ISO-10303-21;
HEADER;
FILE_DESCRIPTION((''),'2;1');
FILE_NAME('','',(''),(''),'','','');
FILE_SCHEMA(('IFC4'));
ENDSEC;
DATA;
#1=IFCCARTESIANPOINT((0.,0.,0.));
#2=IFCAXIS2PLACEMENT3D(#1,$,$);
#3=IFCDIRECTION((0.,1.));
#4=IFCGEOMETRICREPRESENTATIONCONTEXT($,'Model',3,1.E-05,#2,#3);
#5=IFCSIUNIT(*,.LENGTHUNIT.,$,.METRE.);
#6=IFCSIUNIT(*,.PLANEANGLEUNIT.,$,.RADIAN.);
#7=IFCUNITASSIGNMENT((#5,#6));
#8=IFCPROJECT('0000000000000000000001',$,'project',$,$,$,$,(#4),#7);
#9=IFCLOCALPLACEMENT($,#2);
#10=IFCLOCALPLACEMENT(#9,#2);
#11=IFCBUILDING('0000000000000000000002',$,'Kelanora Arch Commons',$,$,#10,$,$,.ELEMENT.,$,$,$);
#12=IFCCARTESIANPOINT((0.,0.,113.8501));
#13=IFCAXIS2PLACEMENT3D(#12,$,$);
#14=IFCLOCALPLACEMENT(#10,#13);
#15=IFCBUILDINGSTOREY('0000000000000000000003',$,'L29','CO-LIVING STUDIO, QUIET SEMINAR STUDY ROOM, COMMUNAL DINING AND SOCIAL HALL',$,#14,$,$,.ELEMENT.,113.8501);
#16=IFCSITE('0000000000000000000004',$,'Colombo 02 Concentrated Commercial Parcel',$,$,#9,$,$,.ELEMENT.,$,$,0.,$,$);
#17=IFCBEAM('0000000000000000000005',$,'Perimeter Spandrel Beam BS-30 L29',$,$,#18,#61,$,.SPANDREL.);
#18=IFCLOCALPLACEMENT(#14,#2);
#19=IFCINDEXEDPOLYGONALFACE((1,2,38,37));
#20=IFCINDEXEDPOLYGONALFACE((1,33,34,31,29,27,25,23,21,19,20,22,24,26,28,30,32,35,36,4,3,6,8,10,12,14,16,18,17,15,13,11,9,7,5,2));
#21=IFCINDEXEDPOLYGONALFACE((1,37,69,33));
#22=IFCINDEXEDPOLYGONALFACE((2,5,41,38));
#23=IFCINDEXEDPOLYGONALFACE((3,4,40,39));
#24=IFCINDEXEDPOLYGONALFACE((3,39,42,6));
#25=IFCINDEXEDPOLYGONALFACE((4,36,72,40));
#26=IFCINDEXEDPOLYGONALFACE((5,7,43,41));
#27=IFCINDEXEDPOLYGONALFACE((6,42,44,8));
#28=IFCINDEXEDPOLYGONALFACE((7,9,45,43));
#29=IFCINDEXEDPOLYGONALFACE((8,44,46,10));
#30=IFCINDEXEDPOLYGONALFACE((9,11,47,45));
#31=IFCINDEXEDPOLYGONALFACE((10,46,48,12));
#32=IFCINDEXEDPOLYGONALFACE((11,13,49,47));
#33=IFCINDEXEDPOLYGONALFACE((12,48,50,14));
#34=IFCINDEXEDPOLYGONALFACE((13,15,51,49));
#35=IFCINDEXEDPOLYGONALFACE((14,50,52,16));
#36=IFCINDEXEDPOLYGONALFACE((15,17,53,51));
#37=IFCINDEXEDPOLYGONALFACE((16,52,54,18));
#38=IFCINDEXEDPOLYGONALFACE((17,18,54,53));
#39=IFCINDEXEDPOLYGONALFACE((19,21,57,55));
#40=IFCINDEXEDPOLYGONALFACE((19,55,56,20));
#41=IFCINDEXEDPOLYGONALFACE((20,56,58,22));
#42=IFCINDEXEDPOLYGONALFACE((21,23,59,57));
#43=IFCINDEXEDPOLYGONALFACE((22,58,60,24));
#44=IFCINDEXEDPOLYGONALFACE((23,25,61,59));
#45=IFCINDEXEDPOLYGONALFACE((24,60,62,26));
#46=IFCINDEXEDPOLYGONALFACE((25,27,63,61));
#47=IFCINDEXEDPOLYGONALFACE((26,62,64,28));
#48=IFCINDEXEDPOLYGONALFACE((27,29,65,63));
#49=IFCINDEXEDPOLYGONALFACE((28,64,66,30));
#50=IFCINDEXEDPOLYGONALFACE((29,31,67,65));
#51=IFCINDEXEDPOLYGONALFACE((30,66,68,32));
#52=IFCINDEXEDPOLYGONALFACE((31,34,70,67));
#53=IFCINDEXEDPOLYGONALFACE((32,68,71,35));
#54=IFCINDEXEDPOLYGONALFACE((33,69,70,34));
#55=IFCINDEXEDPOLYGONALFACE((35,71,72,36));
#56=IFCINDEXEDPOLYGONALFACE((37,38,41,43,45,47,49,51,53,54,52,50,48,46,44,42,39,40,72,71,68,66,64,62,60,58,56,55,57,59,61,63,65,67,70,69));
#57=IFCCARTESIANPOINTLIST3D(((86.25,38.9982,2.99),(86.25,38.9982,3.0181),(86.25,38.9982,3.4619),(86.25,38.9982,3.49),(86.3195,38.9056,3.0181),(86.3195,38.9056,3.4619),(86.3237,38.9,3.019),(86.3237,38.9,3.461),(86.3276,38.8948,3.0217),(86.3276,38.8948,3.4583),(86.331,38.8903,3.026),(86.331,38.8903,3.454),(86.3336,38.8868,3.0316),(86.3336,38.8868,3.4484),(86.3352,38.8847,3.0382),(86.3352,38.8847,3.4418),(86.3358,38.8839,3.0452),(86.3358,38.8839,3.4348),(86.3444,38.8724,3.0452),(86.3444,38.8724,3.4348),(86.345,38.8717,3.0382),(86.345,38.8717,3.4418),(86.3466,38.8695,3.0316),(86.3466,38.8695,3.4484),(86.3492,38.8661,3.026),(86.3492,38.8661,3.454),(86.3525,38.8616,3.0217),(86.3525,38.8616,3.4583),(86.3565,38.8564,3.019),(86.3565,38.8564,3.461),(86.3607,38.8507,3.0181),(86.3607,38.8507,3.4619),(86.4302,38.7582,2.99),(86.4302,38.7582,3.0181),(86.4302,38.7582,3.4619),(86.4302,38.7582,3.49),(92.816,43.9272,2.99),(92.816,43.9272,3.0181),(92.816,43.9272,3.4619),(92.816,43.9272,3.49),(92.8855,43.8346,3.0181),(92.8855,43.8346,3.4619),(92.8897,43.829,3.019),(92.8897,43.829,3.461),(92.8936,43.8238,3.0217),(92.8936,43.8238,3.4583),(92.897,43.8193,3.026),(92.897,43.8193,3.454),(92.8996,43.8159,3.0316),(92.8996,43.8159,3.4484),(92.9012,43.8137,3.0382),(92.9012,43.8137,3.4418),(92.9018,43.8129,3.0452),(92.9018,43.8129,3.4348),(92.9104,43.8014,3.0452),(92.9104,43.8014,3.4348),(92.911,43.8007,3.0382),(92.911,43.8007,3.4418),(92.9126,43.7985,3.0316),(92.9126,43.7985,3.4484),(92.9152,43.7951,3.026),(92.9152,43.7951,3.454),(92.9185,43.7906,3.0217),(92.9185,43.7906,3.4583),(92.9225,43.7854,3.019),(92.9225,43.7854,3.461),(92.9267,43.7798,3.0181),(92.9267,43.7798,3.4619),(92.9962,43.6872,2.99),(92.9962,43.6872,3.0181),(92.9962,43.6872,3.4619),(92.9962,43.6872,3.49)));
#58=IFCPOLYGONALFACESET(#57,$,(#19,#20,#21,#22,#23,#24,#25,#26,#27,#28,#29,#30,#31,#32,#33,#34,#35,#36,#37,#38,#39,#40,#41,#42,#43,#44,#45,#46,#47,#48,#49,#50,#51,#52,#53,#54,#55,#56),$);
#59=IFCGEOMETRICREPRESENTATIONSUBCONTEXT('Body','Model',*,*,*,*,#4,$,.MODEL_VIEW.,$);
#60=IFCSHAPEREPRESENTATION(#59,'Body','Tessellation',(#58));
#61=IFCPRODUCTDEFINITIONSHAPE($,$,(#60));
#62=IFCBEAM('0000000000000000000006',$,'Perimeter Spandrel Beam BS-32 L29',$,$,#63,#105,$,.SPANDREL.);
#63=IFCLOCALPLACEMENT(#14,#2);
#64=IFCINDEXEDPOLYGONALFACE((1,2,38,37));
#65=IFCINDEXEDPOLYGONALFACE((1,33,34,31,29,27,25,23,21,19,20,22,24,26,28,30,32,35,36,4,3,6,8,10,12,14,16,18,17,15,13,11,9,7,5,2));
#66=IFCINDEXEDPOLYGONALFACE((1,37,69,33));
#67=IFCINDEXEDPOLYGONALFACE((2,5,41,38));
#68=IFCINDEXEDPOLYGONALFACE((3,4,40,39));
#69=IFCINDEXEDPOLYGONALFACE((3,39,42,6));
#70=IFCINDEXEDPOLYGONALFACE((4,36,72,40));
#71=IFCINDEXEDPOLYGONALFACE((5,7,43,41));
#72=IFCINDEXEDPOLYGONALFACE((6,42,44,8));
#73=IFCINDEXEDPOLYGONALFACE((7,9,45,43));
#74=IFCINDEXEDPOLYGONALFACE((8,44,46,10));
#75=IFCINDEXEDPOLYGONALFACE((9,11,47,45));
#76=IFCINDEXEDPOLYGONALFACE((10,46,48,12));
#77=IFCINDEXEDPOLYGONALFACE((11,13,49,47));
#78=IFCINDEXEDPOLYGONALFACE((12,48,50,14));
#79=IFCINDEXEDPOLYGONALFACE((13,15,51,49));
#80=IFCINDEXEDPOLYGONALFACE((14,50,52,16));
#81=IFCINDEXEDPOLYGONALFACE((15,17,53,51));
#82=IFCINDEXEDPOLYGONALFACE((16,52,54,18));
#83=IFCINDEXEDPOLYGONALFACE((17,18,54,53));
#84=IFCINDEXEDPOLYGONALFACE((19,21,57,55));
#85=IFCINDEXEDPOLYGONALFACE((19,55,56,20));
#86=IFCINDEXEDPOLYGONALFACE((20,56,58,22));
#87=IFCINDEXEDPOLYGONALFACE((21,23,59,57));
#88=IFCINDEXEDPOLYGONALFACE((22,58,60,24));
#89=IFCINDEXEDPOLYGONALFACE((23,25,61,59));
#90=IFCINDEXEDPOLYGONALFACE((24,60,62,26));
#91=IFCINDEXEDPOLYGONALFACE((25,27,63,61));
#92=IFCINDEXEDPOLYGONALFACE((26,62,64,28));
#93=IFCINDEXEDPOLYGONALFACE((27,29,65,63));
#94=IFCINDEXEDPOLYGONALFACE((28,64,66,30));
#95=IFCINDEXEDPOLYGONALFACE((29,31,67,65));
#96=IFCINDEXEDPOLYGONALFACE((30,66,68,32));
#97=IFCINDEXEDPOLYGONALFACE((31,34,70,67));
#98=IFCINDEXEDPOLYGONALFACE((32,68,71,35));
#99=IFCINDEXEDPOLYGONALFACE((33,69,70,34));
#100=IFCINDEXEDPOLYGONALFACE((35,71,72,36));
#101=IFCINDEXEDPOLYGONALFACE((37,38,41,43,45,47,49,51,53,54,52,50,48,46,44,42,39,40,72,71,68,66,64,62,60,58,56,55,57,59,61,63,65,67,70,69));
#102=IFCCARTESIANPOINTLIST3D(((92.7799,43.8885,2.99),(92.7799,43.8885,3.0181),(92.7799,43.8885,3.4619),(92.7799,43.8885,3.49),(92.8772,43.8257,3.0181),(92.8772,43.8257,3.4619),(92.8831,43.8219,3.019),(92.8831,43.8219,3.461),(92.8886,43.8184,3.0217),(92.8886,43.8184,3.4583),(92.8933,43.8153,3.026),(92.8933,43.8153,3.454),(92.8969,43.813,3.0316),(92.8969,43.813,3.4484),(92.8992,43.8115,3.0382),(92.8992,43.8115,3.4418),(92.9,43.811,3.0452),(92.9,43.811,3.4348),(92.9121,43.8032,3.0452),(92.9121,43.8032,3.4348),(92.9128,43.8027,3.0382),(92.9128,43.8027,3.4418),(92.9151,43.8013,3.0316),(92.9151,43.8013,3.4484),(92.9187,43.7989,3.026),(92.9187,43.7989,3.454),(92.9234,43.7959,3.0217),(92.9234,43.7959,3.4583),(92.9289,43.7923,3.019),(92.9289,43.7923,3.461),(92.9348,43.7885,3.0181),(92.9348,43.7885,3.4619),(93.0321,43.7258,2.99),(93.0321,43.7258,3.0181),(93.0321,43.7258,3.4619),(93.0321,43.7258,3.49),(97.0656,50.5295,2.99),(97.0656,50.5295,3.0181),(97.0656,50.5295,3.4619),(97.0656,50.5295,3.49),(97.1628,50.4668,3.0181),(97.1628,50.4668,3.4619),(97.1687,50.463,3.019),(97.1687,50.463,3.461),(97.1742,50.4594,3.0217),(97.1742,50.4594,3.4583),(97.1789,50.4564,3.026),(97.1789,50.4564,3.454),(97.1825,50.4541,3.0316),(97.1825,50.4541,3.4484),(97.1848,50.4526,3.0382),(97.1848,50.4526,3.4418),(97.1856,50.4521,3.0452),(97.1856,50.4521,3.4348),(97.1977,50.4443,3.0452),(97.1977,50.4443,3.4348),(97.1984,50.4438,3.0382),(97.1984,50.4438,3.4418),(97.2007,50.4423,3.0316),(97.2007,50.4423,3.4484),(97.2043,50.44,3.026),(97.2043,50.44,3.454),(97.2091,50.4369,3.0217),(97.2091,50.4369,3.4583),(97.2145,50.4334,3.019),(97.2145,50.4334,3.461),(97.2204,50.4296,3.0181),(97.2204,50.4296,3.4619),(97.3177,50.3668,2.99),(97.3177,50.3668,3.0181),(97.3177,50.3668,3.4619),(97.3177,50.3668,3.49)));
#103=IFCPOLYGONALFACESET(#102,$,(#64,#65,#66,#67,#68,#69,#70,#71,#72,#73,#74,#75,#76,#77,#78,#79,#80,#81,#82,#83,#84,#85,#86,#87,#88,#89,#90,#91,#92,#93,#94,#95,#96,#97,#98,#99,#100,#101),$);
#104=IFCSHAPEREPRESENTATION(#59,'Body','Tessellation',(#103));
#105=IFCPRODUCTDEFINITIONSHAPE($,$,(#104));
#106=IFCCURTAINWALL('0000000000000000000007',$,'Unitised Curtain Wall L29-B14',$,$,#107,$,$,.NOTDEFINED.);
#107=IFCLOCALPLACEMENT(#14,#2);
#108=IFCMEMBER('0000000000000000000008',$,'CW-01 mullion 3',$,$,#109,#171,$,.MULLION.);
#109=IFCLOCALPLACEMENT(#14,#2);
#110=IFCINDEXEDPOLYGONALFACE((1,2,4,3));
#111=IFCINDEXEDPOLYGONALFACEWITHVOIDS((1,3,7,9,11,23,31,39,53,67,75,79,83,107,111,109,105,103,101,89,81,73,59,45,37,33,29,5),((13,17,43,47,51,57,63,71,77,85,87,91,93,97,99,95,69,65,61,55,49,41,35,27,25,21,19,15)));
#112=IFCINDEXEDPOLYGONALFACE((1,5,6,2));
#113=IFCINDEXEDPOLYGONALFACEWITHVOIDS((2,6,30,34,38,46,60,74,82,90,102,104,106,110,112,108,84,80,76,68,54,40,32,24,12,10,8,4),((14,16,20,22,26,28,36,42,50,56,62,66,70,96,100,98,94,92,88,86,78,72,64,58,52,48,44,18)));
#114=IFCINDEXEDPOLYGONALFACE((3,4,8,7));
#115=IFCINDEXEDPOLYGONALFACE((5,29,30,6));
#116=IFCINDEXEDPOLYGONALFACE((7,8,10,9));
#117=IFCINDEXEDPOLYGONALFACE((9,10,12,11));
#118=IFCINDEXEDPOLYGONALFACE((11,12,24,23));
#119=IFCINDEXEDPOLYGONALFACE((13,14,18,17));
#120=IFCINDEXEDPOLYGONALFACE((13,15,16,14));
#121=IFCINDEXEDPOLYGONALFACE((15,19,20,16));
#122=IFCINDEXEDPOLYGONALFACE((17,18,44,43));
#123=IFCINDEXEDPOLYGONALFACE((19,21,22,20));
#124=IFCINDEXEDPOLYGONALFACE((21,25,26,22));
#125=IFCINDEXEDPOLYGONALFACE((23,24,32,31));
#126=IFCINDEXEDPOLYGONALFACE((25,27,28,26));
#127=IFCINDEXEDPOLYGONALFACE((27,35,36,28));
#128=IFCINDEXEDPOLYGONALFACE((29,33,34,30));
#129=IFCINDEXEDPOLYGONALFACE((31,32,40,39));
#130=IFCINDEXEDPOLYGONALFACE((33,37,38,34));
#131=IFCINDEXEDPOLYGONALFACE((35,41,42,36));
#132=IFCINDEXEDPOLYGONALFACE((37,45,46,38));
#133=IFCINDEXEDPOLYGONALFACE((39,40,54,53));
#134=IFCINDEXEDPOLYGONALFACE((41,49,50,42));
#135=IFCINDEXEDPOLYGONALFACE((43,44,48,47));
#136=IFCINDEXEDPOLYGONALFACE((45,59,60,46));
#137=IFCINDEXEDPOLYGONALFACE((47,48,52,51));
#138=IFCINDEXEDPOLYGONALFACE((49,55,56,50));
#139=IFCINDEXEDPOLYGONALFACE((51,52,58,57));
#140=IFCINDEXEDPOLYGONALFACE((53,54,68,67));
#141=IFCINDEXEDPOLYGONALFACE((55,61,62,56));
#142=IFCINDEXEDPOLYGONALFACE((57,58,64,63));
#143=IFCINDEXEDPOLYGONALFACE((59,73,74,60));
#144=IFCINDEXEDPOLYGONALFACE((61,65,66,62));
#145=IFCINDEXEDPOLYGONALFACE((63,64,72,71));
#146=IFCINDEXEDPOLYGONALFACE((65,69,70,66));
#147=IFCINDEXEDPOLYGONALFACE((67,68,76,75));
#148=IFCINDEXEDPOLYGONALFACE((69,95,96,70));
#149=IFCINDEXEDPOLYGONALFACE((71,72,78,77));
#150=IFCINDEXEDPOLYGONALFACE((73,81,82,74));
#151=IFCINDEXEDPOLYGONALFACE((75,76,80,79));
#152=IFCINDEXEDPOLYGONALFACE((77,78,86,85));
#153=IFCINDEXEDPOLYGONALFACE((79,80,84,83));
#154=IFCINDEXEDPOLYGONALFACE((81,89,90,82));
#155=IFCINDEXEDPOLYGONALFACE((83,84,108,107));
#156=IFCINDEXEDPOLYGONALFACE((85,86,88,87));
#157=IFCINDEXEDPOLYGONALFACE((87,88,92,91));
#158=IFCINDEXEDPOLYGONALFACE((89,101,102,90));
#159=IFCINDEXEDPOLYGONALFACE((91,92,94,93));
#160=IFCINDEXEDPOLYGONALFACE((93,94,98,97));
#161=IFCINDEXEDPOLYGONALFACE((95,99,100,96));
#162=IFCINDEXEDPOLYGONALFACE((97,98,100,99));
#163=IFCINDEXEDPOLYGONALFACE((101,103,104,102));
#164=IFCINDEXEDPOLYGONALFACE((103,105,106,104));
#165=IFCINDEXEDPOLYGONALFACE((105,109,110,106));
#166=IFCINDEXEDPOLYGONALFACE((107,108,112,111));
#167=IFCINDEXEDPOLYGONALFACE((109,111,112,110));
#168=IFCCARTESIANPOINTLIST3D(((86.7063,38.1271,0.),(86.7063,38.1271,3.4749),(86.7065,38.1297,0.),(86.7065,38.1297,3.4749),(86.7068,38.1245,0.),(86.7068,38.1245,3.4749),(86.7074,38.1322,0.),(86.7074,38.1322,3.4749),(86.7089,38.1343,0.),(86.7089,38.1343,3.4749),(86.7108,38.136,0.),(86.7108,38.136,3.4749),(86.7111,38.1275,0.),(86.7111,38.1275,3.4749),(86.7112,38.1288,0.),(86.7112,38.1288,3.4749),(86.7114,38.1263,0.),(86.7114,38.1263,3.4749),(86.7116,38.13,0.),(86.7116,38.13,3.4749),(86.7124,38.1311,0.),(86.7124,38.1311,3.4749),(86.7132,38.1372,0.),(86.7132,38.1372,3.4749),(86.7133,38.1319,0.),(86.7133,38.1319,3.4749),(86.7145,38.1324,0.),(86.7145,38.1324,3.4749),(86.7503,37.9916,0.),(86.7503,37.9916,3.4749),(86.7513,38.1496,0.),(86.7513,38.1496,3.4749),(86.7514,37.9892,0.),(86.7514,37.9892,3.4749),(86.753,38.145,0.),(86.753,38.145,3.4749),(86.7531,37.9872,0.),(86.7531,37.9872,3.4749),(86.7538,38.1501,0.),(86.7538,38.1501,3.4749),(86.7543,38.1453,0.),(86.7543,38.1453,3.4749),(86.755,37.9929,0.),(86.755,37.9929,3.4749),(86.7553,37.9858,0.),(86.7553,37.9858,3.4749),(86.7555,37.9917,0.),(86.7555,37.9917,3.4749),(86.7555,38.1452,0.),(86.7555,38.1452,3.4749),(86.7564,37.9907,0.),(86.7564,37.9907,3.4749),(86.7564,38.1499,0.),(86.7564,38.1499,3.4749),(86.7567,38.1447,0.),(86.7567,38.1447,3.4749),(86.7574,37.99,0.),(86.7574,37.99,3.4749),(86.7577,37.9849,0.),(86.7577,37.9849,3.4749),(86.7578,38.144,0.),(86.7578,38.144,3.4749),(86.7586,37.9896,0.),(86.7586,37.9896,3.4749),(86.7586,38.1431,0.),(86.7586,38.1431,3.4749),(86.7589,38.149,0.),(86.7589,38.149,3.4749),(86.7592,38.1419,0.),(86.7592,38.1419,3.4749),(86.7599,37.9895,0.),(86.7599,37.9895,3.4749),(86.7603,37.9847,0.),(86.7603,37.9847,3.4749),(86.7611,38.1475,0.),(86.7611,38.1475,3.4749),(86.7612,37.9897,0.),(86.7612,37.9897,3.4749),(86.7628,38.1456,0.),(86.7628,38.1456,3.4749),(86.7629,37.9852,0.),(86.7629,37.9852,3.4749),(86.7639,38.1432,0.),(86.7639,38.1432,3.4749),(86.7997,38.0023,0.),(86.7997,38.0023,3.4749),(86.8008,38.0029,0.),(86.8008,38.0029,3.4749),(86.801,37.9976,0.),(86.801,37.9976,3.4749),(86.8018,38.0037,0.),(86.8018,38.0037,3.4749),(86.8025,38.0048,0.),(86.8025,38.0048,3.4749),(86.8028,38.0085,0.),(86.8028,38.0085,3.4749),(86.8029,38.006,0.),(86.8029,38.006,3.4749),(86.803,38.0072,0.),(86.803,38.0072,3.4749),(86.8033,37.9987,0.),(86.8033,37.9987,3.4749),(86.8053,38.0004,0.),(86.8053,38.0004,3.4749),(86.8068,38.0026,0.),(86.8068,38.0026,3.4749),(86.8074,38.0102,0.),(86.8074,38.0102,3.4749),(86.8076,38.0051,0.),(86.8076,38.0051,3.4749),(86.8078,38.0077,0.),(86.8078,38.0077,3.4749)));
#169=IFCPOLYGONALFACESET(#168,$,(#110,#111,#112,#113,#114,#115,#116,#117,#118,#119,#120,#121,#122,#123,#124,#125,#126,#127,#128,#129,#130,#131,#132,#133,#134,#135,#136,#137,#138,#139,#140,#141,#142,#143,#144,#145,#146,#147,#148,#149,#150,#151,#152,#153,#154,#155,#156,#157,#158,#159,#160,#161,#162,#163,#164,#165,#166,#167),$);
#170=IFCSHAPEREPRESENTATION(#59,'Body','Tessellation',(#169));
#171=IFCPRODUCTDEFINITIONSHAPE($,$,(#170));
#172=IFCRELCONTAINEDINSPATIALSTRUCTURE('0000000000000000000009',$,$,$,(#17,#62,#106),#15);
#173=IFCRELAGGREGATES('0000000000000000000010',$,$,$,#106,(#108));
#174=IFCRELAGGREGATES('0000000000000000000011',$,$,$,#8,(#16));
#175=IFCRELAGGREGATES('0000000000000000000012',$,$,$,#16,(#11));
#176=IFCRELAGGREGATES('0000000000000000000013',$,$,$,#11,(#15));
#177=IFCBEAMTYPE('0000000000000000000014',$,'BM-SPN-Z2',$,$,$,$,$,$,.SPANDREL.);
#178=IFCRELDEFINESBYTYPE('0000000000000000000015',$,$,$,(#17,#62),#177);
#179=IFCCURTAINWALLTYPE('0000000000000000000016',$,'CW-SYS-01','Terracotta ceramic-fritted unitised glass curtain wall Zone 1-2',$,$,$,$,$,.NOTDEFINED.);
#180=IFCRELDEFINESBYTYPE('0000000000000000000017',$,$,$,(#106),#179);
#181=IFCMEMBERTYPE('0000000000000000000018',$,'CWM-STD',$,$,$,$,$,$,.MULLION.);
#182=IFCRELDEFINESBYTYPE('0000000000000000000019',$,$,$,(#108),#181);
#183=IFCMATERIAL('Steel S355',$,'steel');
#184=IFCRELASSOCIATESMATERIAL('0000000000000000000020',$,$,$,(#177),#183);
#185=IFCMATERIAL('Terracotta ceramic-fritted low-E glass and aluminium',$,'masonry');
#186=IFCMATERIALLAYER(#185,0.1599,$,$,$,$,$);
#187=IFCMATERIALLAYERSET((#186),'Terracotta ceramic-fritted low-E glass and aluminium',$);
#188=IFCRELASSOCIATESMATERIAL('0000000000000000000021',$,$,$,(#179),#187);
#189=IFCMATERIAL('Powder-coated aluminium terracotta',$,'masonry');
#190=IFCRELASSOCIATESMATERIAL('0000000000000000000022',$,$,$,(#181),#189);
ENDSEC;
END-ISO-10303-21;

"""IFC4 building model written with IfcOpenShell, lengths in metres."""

from ifc_helpers import new_model, si_unit, direction, frame, origin, origin_2d, place, context, subcontext, project, spatial, hollow_rectangle, i_section, extrude, material, layer, layer_set, material_profile, profile_set, type_object, element, aggregate, save


model = new_model("IFC4")

# Units and contexts
model_context = context("Model", 3, precision=1e-05, world=origin(), true_north=direction((0.0, 1.0)))
body_context = subcontext(model_context, "Body", "Model", "MODEL_VIEW")
ifc_project = project(units=[si_unit("LENGTHUNIT", "METRE"), si_unit("PLANEANGLEUNIT", "RADIAN")], contexts=[model_context])

# Site, building, storey
site_placement = place(None, origin())
site = spatial("IfcSite", under=ifc_project, at=site_placement, Name="Colombo 02 Concentrated Commercial Parcel", CompositionType="ELEMENT", RefElevation=0.0)
building_placement = place(site_placement, origin())
building = spatial("IfcBuilding", under=site, at=building_placement, Name="Kelanora Arch Commons", CompositionType="ELEMENT")
storey_placement = place(building_placement, frame((0.0, 0.0, 113.8501)))
storey = spatial("IfcBuildingStorey", under=building, at=storey_placement, Name="L29", Description="CO-LIVING STUDIO, QUIET SEMINAR STUDY ROOM, COMMUNAL DINING AND SOCIAL HALL", CompositionType="ELEMENT", Elevation=113.8501)

# Beams
ifc_material_1 = material(Name="Steel S355", Category="steel")
ifc_material_profile_1 = material_profile(ifc_material_1, i_section(OverallWidth=0.3, OverallDepth=0.5, WebThickness=0.0144, FlangeThickness=0.0281, FilletRadius=0.0271, at=origin_2d()), Name="HEB500")
ifc_profile_set_1 = profile_set([ifc_material_profile_1], Name="Steel S355")
beam_type_1 = type_object("IfcBeamType", Name="BM-SPN-Z2", PredefinedType="SPANDREL", material=ifc_profile_set_1)
beam_1_placement = place(storey_placement, frame((86.3401, 38.8782, 3.24), z_axis=(0.799736, 0.600352, 0.0), x_axis=(-0.600352, 0.799736, 0.0)))
element("IfcBeam", 1, at=beam_1_placement, inside=storey, type_object=beam_type_1, Name="Perimeter Spandrel Beam BS-30 L29", PredefinedType="SPANDREL", context=body_context, shape_type="SweptSolid", body=[
    extrude(i_section(OverallWidth=0.3, OverallDepth=0.5, WebThickness=0.0144, FlangeThickness=0.0281, FilletRadius=0.0271, at=origin_2d()), origin(), (0.0, 0.0, 1.0), 8.2102),
])
beam_2_placement = place(storey_placement, frame((92.906, 43.8071, 3.24), z_axis=(0.542221, 0.840236, 0.0), x_axis=(-0.840236, 0.542221, 0.0)))
element("IfcBeam", 2, at=beam_2_placement, inside=storey, type_object=beam_type_1, Name="Perimeter Spandrel Beam BS-32 L29", PredefinedType="SPANDREL", context=body_context, shape_type="SweptSolid", body=[
    extrude(i_section(OverallWidth=0.3, OverallDepth=0.5, WebThickness=0.0144, FlangeThickness=0.0281, FilletRadius=0.0271, at=origin_2d()), origin(), (0.0, 0.0, 1.0), 7.9038),
])

# Curtain wall, member
ifc_material_2 = material(Name="Terracotta ceramic-fritted low-E glass and aluminium", Category="masonry")
ifc_layer_1 = layer(ifc_material_2, 0.1599)
ifc_layer_set_1 = layer_set([ifc_layer_1], Name="Terracotta ceramic-fritted low-E glass and aluminium")
curtain_wall_type = type_object("IfcCurtainWallType", Name="CW-SYS-01", Description="Terracotta ceramic-fritted unitised glass curtain wall Zone 1-2", PredefinedType="NOTDEFINED", material=ifc_layer_set_1)
curtain_wall_1_placement = place(storey_placement, origin())
curtain_wall_1 = element("IfcCurtainWall", 3, at=curtain_wall_1_placement, inside=storey, type_object=curtain_wall_type, Name="Unitised Curtain Wall L29-B14", PredefinedType="NOTDEFINED")
ifc_material_3 = material(Name="Powder-coated aluminium terracotta", Category="masonry")
ifc_material_profile_2 = material_profile(ifc_material_3, hollow_rectangle(XDim=0.1599, YDim=0.0601, WallThickness=0.0049, InnerFilletRadius=0.0049, OuterFilletRadius=0.01, at=origin_2d()), Name="CWM160x60")
ifc_profile_set_2 = profile_set([ifc_material_profile_2], Name="Powder-coated aluminium terracotta")
member_type_1 = type_object("IfcMemberType", Name="CWM-STD", PredefinedType="MULLION", material=ifc_profile_set_2)
member_1_placement = place(storey_placement, frame((86.7571, 38.0674, 0.0), z_axis=(0.0, 0.0, 1.0), x_axis=(-0.310805, 0.950474, 0.0)))
member_1 = element("IfcMember", 4, at=member_1_placement, type_object=member_type_1, Name="CW-01 mullion 3", PredefinedType="MULLION", context=body_context, shape_type="SweptSolid", body=[
    extrude(hollow_rectangle(XDim=0.1599, YDim=0.0601, WallThickness=0.0049, InnerFilletRadius=0.0049, OuterFilletRadius=0.01, at=origin_2d()), origin(), (0.0, 0.0, 1.0), 3.4749),
])

aggregate(curtain_wall_1, [member_1])

save(model, "model.ifc")
